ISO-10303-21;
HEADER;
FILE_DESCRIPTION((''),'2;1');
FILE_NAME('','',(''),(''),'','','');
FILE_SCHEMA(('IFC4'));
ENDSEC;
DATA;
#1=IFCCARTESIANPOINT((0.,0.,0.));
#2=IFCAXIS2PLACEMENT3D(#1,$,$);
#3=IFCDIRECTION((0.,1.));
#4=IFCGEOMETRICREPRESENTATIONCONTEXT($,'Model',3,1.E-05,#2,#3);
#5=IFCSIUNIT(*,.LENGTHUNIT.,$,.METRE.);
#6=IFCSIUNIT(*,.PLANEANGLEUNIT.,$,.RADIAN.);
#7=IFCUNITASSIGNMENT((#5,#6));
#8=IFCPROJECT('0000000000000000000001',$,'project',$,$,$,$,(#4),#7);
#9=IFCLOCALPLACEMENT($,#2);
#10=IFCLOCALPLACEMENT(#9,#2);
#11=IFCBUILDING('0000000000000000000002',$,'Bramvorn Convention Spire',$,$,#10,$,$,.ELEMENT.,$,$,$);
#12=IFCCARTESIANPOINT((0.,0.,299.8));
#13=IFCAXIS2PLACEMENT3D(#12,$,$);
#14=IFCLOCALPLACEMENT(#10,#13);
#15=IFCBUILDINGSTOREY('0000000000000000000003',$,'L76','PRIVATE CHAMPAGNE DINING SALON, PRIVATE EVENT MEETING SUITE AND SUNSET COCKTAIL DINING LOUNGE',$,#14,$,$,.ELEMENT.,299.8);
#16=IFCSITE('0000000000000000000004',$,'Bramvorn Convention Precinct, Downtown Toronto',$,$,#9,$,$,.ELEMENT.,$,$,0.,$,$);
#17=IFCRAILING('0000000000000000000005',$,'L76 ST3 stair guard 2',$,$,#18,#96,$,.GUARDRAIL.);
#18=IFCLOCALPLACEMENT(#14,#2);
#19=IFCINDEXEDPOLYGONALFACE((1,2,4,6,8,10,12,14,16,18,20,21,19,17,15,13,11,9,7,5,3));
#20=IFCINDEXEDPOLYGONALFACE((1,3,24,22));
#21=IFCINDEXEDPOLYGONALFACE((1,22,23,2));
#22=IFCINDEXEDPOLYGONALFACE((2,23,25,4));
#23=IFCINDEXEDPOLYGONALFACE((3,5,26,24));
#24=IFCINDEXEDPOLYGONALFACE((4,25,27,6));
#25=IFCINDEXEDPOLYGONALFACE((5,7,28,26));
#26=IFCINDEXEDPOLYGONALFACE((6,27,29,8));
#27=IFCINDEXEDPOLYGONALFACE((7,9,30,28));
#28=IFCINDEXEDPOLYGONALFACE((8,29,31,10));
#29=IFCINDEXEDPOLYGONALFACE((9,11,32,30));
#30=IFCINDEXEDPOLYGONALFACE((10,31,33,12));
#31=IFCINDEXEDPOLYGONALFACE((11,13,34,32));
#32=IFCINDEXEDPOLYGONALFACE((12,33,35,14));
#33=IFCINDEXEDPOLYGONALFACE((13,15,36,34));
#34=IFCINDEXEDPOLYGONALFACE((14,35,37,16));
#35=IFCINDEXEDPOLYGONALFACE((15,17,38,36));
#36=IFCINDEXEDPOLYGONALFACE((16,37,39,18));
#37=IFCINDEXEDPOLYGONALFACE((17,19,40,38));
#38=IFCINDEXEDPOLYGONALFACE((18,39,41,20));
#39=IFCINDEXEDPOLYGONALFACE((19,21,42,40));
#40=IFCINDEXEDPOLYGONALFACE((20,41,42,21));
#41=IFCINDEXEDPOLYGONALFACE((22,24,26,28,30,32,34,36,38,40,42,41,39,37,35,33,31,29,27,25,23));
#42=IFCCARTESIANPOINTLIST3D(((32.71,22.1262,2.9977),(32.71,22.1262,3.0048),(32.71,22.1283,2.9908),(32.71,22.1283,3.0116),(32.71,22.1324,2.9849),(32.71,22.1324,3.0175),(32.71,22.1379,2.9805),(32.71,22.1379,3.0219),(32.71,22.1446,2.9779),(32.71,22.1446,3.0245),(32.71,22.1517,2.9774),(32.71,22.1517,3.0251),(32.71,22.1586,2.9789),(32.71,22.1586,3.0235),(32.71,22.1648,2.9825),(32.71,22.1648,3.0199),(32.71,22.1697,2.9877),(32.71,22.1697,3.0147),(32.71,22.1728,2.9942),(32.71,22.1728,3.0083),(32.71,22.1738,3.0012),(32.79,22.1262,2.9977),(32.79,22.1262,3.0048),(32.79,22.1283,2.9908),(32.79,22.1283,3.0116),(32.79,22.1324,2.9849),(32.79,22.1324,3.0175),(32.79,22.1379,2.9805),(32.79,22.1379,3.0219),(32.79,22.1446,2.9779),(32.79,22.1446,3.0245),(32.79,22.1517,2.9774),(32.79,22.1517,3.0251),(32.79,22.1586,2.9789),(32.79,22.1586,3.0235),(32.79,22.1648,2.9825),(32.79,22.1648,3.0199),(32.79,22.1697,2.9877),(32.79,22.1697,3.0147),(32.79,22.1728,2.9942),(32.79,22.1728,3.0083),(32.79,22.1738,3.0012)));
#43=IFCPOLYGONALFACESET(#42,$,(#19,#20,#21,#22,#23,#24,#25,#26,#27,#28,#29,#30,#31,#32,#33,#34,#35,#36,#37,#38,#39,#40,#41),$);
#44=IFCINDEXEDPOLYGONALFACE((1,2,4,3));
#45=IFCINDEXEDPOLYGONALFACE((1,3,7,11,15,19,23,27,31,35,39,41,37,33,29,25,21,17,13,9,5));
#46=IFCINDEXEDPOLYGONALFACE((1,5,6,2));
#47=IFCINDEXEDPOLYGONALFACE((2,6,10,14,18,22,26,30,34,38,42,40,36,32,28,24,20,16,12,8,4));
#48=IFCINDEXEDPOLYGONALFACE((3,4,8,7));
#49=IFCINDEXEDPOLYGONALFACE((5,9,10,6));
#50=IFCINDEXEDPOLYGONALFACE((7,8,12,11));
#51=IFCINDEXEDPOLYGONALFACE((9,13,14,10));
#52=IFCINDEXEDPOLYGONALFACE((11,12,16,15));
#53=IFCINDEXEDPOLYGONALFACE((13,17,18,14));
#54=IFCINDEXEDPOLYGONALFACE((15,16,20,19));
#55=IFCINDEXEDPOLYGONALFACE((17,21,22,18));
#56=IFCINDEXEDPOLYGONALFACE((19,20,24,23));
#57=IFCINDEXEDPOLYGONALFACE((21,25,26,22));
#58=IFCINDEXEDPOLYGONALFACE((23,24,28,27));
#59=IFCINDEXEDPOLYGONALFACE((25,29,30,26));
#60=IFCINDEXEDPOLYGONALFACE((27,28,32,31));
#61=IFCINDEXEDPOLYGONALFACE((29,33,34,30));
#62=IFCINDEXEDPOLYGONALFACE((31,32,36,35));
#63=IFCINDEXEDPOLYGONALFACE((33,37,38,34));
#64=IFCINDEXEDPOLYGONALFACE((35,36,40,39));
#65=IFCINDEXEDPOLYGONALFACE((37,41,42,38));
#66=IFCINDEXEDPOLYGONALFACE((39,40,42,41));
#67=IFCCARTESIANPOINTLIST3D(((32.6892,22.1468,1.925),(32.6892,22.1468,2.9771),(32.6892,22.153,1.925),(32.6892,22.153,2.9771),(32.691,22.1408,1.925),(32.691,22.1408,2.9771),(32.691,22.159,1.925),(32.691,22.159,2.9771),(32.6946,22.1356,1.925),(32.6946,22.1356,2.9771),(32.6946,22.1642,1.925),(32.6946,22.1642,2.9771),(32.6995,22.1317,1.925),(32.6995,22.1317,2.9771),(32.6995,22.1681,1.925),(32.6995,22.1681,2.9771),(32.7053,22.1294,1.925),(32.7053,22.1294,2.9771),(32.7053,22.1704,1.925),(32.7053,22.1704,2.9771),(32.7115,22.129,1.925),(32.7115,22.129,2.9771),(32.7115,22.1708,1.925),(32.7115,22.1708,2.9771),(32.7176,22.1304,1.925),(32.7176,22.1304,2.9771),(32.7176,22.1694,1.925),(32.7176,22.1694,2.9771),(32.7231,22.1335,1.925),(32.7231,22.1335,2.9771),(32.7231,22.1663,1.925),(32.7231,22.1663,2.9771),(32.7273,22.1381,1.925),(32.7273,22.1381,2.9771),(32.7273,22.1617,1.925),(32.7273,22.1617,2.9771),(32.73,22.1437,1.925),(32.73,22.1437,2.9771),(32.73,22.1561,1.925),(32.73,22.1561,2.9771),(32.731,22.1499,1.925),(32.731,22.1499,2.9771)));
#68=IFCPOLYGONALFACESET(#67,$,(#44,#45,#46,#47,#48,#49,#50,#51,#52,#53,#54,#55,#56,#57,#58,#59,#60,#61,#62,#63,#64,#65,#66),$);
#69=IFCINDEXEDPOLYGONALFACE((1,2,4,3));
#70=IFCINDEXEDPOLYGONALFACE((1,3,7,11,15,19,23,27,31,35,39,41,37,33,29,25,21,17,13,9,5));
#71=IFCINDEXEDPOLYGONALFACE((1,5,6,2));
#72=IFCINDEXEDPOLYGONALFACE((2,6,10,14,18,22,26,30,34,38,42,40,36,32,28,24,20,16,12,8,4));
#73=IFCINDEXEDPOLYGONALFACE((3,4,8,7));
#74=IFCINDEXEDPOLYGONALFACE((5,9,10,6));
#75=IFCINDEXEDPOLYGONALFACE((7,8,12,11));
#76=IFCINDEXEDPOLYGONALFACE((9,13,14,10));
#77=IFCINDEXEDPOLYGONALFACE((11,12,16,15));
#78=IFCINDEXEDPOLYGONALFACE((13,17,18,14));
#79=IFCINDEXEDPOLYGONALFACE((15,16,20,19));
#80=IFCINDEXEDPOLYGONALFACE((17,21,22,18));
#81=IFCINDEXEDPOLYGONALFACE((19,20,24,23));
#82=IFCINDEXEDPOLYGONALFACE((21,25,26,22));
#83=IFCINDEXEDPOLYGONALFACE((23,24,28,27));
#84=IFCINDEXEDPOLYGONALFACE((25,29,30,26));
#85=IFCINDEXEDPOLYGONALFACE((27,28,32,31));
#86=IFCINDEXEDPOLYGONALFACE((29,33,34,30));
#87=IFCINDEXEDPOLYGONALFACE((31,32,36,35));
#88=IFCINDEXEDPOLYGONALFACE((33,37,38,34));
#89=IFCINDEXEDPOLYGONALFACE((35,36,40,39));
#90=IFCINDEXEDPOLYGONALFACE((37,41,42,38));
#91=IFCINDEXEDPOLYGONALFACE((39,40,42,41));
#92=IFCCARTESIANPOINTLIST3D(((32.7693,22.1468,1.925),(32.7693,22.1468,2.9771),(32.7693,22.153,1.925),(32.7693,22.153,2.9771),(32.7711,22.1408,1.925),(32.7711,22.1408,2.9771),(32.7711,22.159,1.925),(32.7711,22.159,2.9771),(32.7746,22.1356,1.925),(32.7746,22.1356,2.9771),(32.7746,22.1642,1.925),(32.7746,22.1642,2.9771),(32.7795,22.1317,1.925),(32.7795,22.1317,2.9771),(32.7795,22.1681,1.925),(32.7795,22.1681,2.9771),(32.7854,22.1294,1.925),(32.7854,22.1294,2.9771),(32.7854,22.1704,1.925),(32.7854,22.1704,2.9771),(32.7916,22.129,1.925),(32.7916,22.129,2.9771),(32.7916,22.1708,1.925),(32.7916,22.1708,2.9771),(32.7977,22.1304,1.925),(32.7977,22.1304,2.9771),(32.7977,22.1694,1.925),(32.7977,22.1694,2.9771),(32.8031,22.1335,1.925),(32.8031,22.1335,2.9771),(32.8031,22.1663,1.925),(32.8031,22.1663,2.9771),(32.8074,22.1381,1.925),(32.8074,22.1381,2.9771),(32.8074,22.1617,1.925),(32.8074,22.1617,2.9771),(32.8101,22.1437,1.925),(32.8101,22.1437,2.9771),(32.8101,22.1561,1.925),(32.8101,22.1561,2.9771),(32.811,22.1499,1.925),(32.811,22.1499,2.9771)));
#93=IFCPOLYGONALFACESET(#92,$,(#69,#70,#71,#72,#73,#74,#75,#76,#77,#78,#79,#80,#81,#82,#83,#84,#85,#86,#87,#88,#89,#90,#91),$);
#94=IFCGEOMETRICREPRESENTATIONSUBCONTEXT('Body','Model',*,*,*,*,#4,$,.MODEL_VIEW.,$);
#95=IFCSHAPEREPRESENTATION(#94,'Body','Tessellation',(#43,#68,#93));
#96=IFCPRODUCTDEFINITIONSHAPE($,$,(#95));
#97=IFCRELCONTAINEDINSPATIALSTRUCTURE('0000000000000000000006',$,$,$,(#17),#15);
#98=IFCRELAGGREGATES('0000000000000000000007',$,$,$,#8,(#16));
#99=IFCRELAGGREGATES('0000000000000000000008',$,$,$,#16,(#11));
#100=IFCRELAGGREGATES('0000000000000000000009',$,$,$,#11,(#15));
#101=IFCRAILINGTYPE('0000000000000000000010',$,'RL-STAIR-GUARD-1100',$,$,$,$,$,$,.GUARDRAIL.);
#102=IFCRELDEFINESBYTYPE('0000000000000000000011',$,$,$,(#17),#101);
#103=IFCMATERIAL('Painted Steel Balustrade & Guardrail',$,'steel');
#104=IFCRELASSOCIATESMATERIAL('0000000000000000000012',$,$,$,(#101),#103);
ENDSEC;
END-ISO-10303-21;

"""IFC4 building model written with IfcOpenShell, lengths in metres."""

from ifc_helpers import new_model, si_unit, direction, frame, origin, origin_2d, place, context, subcontext, project, spatial, circle, extrude, material, type_object, element, save


model = new_model("IFC4")

# Units and contexts
model_context = context("Model", 3, precision=1e-05, world=origin(), true_north=direction((0.0, 1.0)))
body_context = subcontext(model_context, "Body", "Model", "MODEL_VIEW")
ifc_project = project(units=[si_unit("LENGTHUNIT", "METRE"), si_unit("PLANEANGLEUNIT", "RADIAN")], contexts=[model_context])

# Site, building, storey
site_placement = place(None, origin())
site = spatial("IfcSite", under=ifc_project, at=site_placement, Name="Bramvorn Convention Precinct, Downtown Toronto", CompositionType="ELEMENT", RefElevation=0.0)
building_placement = place(site_placement, origin())
building = spatial("IfcBuilding", under=site, at=building_placement, Name="Bramvorn Convention Spire", CompositionType="ELEMENT")
storey_placement = place(building_placement, frame((0.0, 0.0, 299.8)))
storey = spatial("IfcBuildingStorey", under=building, at=storey_placement, Name="L76", Description="PRIVATE CHAMPAGNE DINING SALON, PRIVATE EVENT MEETING SUITE AND SUNSET COCKTAIL DINING LOUNGE", CompositionType="ELEMENT", Elevation=299.8)

# Railing
ifc_material_1 = material(Name="Painted Steel Balustrade & Guardrail", Category="steel")
railing_type_1 = type_object("IfcRailingType", Name="RL-STAIR-GUARD-1100", PredefinedType="GUARDRAIL", material=ifc_material_1)
railing_1_placement = place(storey_placement, frame((32.71, 22.1499, 1.925)))
element("IfcRailing", 1, at=railing_1_placement, inside=storey, type_object=railing_type_1, Name="L76 ST3 stair guard 2", PredefinedType="GUARDRAIL", context=body_context, shape_type="SweptSolid", body=[
    extrude(circle(Radius=0.0239, at=origin_2d()), frame((0.0, 0.0, 1.0762), z_axis=(1.0, 0.0, 0.0), x_axis=(0.0, 1.0, 0.0)), (0.0, 0.0, 1.0), 0.0801),
    extrude(circle(Radius=0.021, at=origin_2d()), origin(), (0.0, 0.0, 1.0), 1.052),
    extrude(circle(Radius=0.021, at=origin_2d()), frame((0.0801, 0.0, 0.0)), (0.0, 0.0, 1.0), 1.052),
])

save(model, "model.ifc")
